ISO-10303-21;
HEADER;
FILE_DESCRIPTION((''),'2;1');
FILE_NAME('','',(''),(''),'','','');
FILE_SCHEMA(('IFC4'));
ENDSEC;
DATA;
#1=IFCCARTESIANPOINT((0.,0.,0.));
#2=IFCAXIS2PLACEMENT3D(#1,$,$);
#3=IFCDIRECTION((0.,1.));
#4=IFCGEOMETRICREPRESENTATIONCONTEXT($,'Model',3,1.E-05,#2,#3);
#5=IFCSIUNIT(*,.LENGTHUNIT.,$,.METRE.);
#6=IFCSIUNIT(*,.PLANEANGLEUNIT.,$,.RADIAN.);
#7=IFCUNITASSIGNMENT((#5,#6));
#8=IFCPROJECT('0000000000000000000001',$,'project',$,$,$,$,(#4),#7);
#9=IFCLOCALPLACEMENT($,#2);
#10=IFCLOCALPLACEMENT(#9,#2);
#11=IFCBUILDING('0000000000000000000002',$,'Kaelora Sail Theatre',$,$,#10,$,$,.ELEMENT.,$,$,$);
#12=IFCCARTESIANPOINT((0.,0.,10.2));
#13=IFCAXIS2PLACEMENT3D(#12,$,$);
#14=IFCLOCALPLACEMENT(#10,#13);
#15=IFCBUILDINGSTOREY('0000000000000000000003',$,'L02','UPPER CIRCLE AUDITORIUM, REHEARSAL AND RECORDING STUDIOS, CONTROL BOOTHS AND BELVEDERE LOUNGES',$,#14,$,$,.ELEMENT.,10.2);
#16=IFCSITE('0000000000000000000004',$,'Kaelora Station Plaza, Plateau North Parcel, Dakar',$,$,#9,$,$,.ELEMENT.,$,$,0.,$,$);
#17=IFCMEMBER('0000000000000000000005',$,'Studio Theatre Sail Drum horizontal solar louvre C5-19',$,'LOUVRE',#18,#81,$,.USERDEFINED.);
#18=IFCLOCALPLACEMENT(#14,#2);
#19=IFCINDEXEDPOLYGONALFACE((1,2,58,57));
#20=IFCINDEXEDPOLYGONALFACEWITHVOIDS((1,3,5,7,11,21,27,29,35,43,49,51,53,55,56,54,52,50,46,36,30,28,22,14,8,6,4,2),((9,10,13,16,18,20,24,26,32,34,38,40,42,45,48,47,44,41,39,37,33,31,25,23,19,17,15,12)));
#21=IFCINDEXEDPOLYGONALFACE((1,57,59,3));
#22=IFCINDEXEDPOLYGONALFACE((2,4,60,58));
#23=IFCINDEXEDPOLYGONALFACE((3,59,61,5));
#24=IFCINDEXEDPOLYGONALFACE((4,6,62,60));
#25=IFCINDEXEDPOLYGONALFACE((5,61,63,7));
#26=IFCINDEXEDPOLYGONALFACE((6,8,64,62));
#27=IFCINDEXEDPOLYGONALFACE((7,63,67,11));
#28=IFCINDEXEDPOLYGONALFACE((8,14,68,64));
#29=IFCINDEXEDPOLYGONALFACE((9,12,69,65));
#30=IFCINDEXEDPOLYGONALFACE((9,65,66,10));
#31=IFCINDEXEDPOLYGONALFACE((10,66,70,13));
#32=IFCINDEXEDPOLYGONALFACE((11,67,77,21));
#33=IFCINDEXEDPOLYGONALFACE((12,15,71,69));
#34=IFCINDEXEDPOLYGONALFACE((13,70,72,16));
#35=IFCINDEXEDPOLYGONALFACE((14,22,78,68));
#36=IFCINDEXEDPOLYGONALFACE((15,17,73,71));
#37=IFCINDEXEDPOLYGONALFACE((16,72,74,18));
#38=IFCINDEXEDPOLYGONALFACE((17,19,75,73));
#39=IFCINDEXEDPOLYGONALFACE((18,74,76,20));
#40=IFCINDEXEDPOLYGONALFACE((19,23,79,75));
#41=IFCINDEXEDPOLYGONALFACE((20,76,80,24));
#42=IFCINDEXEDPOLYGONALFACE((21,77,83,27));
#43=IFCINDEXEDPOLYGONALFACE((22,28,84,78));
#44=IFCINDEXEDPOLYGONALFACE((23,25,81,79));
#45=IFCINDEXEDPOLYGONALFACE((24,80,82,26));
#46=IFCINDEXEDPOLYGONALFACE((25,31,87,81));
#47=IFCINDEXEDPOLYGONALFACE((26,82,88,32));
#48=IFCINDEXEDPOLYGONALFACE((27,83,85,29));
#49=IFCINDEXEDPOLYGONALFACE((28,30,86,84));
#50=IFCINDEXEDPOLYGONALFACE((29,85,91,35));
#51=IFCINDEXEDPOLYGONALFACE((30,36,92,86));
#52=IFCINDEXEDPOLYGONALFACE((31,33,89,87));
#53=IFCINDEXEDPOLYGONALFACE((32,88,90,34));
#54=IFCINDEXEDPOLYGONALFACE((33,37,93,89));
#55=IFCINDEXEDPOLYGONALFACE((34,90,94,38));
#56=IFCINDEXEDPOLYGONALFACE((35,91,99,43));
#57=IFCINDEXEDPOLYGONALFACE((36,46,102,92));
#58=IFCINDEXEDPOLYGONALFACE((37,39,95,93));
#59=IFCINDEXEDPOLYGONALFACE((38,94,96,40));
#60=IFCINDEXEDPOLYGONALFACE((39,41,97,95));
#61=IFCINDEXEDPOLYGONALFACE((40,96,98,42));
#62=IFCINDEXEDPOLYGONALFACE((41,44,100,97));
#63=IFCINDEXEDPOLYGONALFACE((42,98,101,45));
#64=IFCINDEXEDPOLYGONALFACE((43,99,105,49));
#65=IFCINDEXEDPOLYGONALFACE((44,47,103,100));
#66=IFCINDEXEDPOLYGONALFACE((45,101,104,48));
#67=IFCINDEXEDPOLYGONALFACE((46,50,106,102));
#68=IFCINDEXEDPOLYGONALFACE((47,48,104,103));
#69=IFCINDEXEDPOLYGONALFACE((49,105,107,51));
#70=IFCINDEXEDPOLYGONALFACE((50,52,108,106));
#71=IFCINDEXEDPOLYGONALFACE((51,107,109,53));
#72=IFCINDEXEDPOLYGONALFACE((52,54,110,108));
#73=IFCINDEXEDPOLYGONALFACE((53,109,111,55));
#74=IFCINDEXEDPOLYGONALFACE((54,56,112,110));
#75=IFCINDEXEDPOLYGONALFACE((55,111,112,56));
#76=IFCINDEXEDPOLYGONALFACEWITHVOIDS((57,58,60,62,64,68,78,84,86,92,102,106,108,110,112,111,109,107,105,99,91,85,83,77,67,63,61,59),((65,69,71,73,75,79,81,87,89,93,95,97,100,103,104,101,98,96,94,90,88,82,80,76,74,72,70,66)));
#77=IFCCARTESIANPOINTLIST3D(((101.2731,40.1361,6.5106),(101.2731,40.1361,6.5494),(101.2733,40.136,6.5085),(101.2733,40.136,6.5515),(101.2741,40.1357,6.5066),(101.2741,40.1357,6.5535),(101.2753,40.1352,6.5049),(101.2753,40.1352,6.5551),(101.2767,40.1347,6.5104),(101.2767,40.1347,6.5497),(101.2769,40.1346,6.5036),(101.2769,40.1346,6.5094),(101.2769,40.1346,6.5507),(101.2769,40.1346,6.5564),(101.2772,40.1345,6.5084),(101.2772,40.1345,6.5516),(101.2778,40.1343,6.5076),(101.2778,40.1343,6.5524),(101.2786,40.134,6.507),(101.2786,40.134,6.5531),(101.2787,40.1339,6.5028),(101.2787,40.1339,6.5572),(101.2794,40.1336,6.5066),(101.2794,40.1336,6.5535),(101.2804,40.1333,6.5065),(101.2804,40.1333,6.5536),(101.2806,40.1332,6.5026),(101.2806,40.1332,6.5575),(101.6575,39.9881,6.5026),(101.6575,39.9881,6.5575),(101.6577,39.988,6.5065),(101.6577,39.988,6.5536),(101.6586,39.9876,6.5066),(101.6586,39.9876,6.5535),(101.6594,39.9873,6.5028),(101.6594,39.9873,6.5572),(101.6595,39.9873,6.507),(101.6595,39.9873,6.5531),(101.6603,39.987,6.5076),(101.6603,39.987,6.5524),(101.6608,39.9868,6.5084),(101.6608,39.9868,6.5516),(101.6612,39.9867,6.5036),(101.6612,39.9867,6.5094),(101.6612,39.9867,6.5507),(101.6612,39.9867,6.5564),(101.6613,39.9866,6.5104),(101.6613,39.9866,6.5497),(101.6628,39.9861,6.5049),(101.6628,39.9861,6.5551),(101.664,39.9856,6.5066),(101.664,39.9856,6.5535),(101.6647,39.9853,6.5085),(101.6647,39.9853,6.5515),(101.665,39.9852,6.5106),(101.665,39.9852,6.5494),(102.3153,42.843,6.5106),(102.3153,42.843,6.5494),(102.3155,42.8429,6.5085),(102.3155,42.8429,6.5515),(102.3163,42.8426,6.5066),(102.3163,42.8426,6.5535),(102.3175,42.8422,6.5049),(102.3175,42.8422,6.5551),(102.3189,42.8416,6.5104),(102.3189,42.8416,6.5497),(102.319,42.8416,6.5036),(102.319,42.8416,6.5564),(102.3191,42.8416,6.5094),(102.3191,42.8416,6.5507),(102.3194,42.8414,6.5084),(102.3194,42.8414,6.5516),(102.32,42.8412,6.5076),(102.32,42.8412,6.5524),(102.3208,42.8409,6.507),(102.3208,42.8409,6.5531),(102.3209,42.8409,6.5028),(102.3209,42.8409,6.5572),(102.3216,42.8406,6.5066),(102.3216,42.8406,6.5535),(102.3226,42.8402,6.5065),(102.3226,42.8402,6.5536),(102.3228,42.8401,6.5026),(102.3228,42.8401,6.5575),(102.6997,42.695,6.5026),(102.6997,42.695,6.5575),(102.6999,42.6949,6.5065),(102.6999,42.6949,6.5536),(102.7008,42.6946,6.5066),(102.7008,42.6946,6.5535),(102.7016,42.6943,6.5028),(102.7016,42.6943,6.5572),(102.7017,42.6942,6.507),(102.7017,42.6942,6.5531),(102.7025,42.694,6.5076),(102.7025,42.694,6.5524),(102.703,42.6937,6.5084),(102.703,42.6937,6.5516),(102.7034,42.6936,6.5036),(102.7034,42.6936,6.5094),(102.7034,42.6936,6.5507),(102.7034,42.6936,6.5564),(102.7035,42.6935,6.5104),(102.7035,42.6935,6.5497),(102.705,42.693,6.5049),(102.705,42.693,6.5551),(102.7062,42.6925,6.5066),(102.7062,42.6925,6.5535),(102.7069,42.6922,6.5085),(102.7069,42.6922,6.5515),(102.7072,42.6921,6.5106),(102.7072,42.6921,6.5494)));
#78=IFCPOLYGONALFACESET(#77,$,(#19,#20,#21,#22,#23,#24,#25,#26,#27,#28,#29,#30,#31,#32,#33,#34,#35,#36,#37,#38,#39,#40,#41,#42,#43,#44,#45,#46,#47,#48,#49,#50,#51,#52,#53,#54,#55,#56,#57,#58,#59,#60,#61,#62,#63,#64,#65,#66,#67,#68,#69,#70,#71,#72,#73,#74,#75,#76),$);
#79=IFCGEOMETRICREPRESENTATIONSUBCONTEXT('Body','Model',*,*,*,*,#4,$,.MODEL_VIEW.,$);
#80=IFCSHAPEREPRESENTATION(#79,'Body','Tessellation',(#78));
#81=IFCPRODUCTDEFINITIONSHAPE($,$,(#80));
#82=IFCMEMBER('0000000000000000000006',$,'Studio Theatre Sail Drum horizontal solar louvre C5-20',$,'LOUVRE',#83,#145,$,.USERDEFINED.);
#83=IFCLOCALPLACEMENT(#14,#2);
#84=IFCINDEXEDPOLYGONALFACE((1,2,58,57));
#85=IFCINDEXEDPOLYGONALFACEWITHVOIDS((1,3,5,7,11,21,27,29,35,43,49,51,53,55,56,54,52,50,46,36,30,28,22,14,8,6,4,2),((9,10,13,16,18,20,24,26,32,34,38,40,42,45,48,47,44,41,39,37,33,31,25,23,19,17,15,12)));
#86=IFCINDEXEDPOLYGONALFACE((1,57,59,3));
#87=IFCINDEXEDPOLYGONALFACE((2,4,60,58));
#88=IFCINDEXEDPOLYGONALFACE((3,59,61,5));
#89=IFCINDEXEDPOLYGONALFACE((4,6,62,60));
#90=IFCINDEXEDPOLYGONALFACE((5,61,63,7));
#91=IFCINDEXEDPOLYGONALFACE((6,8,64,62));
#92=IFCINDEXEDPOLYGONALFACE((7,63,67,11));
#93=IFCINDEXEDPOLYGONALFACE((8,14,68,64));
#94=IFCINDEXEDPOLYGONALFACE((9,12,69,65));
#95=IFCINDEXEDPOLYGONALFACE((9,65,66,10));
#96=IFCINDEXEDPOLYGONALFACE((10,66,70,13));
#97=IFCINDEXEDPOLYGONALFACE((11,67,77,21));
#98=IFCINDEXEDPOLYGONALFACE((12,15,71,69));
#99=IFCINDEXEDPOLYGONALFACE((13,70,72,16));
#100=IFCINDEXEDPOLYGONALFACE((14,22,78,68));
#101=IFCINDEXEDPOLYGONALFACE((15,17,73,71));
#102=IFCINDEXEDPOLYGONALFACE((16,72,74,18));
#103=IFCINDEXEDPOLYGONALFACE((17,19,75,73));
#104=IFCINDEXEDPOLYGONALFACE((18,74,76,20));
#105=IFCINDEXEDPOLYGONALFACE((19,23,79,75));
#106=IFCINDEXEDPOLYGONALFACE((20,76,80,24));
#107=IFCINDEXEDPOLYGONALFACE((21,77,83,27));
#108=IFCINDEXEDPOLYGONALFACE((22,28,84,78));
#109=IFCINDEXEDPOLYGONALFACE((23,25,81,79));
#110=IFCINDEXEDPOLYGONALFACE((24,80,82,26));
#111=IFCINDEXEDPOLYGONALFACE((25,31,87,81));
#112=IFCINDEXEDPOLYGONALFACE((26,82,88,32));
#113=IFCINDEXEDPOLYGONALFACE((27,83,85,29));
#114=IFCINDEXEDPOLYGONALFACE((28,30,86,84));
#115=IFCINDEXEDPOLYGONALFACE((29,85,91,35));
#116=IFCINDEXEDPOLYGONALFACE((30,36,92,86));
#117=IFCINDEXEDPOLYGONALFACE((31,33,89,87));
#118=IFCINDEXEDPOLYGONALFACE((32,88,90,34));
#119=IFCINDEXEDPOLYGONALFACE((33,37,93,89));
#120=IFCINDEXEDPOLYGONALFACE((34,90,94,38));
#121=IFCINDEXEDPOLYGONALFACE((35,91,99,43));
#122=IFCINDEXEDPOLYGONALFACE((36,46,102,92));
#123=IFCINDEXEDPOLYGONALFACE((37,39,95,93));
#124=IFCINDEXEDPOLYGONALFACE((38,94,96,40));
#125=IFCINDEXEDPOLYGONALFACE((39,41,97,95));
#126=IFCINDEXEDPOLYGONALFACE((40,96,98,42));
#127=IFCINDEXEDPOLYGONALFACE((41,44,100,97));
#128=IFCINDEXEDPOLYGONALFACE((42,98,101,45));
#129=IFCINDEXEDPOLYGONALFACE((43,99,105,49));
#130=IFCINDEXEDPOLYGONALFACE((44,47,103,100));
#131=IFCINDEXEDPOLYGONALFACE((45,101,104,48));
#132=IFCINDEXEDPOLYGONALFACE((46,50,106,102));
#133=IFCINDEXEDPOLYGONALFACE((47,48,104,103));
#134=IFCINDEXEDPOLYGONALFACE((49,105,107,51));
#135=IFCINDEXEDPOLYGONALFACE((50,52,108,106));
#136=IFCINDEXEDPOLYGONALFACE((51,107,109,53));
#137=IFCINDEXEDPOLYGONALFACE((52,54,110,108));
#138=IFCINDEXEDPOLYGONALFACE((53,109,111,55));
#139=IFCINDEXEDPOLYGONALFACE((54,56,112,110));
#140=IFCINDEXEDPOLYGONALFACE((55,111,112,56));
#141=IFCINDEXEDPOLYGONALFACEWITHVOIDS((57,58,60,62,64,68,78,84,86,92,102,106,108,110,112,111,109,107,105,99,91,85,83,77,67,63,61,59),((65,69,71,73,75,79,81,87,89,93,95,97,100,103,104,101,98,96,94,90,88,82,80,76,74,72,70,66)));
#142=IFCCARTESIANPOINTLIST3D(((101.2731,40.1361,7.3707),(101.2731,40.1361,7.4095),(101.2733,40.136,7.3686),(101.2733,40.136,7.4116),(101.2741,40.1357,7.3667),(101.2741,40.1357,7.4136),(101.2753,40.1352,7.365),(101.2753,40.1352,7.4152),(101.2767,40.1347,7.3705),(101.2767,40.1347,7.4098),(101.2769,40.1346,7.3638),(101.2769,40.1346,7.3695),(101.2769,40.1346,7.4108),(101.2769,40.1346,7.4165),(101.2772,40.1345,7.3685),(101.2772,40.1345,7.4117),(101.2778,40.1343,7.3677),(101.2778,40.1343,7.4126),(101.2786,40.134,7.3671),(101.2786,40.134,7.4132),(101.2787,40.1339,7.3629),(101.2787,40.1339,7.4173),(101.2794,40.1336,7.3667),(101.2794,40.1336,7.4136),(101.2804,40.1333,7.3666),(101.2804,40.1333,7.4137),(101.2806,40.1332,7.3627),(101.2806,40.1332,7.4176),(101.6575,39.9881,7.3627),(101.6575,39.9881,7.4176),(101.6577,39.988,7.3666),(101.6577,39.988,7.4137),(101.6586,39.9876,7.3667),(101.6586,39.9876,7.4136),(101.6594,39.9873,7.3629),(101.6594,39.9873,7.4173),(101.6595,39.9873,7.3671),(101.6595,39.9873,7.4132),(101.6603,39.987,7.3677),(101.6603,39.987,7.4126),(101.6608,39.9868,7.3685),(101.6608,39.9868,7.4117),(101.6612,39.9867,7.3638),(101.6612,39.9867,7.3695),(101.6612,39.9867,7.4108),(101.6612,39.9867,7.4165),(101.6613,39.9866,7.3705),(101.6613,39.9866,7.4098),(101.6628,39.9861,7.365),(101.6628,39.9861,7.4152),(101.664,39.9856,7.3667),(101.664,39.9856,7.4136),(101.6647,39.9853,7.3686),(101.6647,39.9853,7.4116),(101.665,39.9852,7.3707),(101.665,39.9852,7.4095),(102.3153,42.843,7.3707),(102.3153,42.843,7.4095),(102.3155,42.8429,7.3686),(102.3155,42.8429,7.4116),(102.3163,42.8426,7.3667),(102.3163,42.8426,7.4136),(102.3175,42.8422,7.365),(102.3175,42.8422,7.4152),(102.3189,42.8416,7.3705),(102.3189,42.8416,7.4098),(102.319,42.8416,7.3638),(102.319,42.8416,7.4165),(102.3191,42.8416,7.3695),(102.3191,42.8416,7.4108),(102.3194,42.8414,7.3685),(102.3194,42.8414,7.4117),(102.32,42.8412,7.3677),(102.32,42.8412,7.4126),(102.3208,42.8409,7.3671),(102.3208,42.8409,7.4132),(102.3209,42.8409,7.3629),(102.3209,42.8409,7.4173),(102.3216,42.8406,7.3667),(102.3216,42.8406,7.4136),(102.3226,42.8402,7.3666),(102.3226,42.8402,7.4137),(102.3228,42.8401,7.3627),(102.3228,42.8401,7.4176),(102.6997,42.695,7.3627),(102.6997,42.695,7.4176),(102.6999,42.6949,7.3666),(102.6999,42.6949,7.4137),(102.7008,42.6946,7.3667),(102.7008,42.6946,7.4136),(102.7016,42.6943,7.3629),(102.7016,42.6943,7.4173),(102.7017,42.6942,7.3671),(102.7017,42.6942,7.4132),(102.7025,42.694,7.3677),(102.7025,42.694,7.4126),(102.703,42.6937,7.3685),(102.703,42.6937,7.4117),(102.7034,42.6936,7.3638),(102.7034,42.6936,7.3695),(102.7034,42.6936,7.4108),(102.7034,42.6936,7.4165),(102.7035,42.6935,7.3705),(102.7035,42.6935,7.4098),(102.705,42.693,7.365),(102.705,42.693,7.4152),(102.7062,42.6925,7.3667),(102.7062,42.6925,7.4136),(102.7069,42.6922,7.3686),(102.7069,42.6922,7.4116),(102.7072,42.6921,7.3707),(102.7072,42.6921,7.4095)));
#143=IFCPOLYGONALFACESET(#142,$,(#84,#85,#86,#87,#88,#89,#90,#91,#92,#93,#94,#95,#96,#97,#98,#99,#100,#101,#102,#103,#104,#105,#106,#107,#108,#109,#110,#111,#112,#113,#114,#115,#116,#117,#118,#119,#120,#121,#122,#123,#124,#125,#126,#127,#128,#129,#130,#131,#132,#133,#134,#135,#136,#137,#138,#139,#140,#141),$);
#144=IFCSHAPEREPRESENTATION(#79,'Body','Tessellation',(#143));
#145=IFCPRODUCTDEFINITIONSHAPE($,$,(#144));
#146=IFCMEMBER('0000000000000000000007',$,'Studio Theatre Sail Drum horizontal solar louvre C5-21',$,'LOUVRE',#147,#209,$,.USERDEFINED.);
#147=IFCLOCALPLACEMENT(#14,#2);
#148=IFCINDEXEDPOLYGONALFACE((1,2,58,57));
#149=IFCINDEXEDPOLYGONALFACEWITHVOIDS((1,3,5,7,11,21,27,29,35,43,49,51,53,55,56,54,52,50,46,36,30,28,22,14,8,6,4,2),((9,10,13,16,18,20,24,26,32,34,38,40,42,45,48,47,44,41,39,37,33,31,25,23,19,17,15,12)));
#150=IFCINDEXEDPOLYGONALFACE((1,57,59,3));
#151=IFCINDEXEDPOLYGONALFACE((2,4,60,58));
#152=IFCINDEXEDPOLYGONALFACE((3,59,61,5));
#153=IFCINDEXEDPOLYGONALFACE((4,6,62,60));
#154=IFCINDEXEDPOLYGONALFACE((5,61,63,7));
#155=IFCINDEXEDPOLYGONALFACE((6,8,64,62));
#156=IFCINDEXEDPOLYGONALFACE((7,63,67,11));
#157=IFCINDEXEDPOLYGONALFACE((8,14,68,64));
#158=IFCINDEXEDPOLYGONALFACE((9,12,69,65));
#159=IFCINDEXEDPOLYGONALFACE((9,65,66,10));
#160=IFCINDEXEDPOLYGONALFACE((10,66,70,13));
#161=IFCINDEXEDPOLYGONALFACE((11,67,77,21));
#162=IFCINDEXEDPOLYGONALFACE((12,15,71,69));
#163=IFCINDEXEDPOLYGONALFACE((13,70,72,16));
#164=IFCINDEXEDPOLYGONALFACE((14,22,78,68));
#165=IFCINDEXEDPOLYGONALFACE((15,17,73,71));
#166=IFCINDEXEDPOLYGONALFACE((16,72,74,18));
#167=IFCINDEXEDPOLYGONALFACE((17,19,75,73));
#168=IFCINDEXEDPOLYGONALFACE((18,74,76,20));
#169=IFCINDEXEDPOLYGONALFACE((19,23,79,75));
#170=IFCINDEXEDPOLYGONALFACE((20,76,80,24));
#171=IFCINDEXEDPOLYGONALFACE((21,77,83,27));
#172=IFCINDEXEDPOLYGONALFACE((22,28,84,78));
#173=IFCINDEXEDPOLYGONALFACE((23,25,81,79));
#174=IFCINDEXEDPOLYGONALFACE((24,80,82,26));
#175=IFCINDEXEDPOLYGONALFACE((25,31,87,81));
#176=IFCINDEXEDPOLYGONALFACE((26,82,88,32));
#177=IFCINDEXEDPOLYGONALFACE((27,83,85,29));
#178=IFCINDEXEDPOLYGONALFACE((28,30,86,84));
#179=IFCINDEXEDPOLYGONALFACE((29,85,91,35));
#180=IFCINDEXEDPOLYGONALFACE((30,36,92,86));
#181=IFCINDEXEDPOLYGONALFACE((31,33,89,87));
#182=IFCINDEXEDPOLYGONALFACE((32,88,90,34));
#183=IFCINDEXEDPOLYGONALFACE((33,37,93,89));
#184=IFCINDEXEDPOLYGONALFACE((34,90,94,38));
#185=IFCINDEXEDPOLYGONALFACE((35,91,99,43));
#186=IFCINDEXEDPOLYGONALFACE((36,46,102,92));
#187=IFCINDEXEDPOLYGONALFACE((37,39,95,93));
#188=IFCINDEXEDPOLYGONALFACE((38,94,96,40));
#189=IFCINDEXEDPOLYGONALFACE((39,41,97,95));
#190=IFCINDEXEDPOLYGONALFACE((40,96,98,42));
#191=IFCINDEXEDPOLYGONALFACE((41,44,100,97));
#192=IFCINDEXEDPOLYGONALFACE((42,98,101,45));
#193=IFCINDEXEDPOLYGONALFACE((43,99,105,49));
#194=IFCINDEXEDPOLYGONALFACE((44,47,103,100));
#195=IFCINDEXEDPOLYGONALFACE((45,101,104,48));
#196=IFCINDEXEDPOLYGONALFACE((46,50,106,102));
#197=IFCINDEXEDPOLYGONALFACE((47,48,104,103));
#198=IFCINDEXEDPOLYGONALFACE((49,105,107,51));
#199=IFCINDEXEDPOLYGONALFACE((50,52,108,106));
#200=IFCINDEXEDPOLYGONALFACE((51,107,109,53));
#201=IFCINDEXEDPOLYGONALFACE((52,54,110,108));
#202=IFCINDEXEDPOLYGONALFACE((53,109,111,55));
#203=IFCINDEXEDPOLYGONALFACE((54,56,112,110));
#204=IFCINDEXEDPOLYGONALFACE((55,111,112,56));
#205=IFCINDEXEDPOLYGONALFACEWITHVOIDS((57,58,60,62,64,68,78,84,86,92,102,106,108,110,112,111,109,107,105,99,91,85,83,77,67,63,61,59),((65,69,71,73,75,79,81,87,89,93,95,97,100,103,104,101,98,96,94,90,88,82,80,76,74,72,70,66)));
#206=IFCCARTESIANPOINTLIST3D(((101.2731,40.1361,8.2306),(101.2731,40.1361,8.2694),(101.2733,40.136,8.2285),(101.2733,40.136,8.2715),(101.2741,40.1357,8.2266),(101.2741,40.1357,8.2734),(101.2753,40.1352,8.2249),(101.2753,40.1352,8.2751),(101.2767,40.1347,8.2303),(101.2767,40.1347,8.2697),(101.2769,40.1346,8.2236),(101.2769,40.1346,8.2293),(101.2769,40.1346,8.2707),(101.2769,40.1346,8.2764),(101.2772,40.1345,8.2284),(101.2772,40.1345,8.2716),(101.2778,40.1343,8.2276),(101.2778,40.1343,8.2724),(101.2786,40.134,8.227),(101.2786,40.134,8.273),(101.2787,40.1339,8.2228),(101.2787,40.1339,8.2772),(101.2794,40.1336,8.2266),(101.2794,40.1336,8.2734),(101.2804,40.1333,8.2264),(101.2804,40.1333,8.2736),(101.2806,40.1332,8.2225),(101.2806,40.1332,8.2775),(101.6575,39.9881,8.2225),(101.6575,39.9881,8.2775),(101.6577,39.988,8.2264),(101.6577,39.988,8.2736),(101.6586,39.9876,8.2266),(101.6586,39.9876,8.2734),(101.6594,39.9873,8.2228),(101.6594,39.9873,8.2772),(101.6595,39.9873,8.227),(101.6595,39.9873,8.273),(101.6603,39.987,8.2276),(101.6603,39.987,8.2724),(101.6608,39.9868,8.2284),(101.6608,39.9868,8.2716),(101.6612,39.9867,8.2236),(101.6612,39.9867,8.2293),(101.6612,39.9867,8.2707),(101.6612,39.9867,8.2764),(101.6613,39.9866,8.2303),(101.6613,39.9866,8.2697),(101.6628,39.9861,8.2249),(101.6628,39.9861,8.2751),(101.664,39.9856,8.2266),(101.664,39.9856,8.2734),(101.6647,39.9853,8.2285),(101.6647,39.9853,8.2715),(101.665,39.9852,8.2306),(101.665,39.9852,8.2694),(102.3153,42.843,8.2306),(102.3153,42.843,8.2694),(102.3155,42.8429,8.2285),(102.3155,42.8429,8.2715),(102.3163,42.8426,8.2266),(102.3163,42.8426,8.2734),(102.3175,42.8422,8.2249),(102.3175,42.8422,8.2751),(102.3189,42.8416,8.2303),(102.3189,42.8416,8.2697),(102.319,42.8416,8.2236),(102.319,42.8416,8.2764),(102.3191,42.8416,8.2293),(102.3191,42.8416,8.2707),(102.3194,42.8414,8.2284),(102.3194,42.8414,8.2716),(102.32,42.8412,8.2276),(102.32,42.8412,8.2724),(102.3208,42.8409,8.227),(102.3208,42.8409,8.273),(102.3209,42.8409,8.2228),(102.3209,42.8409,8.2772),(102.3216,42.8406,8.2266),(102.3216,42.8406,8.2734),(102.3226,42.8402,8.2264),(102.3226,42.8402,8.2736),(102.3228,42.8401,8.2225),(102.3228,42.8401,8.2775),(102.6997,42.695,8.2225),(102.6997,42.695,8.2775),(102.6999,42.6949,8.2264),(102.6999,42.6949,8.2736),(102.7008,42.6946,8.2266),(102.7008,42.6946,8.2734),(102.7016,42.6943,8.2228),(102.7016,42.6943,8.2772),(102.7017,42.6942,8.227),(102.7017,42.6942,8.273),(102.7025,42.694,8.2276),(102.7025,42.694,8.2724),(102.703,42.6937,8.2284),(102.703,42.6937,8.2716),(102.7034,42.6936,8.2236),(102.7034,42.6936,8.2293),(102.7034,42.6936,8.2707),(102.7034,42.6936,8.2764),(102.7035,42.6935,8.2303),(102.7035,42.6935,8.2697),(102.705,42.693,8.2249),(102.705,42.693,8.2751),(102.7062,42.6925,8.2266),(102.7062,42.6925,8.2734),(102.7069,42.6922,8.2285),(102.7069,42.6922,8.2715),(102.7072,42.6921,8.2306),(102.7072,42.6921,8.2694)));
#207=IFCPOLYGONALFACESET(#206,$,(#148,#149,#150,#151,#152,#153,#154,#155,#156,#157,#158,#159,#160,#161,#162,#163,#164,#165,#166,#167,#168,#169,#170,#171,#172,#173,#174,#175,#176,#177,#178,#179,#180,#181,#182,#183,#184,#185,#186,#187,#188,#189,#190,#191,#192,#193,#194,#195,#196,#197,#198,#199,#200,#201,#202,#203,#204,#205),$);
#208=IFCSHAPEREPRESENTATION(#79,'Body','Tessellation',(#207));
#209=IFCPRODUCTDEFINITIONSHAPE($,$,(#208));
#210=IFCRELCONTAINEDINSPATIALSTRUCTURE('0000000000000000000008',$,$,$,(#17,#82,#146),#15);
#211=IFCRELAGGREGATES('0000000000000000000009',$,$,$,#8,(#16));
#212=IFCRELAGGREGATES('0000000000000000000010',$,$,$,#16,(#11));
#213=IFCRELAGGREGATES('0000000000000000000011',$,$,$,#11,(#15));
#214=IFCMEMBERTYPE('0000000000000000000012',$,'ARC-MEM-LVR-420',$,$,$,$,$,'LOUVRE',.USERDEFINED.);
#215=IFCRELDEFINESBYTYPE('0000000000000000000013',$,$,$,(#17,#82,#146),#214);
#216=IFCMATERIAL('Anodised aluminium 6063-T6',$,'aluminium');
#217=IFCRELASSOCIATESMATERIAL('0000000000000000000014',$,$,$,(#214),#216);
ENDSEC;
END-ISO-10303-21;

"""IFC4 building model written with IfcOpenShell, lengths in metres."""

from ifc_helpers import new_model, si_unit, direction, frame, origin, origin_2d, place, context, subcontext, project, spatial, hollow_rectangle, extrude, material, material_profile, profile_set, type_object, element, save


model = new_model("IFC4")

# Units and contexts
model_context = context("Model", 3, precision=1e-05, world=origin(), true_north=direction((0.0, 1.0)))
body_context = subcontext(model_context, "Body", "Model", "MODEL_VIEW")
ifc_project = project(units=[si_unit("LENGTHUNIT", "METRE"), si_unit("PLANEANGLEUNIT", "RADIAN")], contexts=[model_context])

# Site, building, storey
site_placement = place(None, origin())
site = spatial("IfcSite", under=ifc_project, at=site_placement, Name="Kaelora Station Plaza, Plateau North Parcel, Dakar", CompositionType="ELEMENT", RefElevation=0.0)
building_placement = place(site_placement, origin())
building = spatial("IfcBuilding", under=site, at=building_placement, Name="Kaelora Sail Theatre", CompositionType="ELEMENT")
storey_placement = place(building_placement, frame((0.0, 0.0, 10.2)))
storey = spatial("IfcBuildingStorey", under=building, at=storey_placement, Name="L02", Description="UPPER CIRCLE AUDITORIUM, REHEARSAL AND RECORDING STUDIOS, CONTROL BOOTHS AND BELVEDERE LOUNGES", CompositionType="ELEMENT", Elevation=10.2)

# Members
ifc_material_1 = material(Name="Anodised aluminium 6063-T6", Category="aluminium")
ifc_material_profile_1 = material_profile(ifc_material_1, hollow_rectangle(XDim=0.4199, YDim=0.0549, WallThickness=0.0039, InnerFilletRadius=0.0039, OuterFilletRadius=0.0081, at=origin_2d()), Name="LOUVRE 420x55x4")
ifc_profile_set_1 = profile_set([ifc_material_profile_1], Name="Anodised aluminium 6063-T6")
member_type = type_object("IfcMemberType", Name="ARC-MEM-LVR-420", ElementType="LOUVRE", PredefinedType="USERDEFINED", material=ifc_profile_set_1)
for number, where, z_axis, x_axis, name in (
    (1, (102.5112, 42.7676, 6.53), (-0.359301, -0.933222, 0.0), (0.933222, -0.359301, 0.0), "Studio Theatre Sail Drum horizontal solar louvre C5-19"),
    (2, (102.5112, 42.7676, 7.3901), (-0.359301, -0.933222, 0.0), (0.933222, -0.359301, 0.0), "Studio Theatre Sail Drum horizontal solar louvre C5-20"),
    (3, (102.5112, 42.7676, 8.25), (-0.359301, -0.933222, 0.0), (0.933222, -0.359301, 0.0), "Studio Theatre Sail Drum horizontal solar louvre C5-21"),
):
    element("IfcMember", number, at=place(storey_placement, frame(where, z_axis=z_axis, x_axis=x_axis)), inside=storey, type_object=member_type, Name=name, ObjectType="LOUVRE", PredefinedType="USERDEFINED", context=body_context, shape_type="SweptSolid", body=[
        extrude(hollow_rectangle(XDim=0.4199, YDim=0.0549, WallThickness=0.0039, InnerFilletRadius=0.0039, OuterFilletRadius=0.0081, at=origin_2d()), origin(), (0.0, 0.0, 1.0), 2.9006),
    ])

save(model, "model.ifc")
